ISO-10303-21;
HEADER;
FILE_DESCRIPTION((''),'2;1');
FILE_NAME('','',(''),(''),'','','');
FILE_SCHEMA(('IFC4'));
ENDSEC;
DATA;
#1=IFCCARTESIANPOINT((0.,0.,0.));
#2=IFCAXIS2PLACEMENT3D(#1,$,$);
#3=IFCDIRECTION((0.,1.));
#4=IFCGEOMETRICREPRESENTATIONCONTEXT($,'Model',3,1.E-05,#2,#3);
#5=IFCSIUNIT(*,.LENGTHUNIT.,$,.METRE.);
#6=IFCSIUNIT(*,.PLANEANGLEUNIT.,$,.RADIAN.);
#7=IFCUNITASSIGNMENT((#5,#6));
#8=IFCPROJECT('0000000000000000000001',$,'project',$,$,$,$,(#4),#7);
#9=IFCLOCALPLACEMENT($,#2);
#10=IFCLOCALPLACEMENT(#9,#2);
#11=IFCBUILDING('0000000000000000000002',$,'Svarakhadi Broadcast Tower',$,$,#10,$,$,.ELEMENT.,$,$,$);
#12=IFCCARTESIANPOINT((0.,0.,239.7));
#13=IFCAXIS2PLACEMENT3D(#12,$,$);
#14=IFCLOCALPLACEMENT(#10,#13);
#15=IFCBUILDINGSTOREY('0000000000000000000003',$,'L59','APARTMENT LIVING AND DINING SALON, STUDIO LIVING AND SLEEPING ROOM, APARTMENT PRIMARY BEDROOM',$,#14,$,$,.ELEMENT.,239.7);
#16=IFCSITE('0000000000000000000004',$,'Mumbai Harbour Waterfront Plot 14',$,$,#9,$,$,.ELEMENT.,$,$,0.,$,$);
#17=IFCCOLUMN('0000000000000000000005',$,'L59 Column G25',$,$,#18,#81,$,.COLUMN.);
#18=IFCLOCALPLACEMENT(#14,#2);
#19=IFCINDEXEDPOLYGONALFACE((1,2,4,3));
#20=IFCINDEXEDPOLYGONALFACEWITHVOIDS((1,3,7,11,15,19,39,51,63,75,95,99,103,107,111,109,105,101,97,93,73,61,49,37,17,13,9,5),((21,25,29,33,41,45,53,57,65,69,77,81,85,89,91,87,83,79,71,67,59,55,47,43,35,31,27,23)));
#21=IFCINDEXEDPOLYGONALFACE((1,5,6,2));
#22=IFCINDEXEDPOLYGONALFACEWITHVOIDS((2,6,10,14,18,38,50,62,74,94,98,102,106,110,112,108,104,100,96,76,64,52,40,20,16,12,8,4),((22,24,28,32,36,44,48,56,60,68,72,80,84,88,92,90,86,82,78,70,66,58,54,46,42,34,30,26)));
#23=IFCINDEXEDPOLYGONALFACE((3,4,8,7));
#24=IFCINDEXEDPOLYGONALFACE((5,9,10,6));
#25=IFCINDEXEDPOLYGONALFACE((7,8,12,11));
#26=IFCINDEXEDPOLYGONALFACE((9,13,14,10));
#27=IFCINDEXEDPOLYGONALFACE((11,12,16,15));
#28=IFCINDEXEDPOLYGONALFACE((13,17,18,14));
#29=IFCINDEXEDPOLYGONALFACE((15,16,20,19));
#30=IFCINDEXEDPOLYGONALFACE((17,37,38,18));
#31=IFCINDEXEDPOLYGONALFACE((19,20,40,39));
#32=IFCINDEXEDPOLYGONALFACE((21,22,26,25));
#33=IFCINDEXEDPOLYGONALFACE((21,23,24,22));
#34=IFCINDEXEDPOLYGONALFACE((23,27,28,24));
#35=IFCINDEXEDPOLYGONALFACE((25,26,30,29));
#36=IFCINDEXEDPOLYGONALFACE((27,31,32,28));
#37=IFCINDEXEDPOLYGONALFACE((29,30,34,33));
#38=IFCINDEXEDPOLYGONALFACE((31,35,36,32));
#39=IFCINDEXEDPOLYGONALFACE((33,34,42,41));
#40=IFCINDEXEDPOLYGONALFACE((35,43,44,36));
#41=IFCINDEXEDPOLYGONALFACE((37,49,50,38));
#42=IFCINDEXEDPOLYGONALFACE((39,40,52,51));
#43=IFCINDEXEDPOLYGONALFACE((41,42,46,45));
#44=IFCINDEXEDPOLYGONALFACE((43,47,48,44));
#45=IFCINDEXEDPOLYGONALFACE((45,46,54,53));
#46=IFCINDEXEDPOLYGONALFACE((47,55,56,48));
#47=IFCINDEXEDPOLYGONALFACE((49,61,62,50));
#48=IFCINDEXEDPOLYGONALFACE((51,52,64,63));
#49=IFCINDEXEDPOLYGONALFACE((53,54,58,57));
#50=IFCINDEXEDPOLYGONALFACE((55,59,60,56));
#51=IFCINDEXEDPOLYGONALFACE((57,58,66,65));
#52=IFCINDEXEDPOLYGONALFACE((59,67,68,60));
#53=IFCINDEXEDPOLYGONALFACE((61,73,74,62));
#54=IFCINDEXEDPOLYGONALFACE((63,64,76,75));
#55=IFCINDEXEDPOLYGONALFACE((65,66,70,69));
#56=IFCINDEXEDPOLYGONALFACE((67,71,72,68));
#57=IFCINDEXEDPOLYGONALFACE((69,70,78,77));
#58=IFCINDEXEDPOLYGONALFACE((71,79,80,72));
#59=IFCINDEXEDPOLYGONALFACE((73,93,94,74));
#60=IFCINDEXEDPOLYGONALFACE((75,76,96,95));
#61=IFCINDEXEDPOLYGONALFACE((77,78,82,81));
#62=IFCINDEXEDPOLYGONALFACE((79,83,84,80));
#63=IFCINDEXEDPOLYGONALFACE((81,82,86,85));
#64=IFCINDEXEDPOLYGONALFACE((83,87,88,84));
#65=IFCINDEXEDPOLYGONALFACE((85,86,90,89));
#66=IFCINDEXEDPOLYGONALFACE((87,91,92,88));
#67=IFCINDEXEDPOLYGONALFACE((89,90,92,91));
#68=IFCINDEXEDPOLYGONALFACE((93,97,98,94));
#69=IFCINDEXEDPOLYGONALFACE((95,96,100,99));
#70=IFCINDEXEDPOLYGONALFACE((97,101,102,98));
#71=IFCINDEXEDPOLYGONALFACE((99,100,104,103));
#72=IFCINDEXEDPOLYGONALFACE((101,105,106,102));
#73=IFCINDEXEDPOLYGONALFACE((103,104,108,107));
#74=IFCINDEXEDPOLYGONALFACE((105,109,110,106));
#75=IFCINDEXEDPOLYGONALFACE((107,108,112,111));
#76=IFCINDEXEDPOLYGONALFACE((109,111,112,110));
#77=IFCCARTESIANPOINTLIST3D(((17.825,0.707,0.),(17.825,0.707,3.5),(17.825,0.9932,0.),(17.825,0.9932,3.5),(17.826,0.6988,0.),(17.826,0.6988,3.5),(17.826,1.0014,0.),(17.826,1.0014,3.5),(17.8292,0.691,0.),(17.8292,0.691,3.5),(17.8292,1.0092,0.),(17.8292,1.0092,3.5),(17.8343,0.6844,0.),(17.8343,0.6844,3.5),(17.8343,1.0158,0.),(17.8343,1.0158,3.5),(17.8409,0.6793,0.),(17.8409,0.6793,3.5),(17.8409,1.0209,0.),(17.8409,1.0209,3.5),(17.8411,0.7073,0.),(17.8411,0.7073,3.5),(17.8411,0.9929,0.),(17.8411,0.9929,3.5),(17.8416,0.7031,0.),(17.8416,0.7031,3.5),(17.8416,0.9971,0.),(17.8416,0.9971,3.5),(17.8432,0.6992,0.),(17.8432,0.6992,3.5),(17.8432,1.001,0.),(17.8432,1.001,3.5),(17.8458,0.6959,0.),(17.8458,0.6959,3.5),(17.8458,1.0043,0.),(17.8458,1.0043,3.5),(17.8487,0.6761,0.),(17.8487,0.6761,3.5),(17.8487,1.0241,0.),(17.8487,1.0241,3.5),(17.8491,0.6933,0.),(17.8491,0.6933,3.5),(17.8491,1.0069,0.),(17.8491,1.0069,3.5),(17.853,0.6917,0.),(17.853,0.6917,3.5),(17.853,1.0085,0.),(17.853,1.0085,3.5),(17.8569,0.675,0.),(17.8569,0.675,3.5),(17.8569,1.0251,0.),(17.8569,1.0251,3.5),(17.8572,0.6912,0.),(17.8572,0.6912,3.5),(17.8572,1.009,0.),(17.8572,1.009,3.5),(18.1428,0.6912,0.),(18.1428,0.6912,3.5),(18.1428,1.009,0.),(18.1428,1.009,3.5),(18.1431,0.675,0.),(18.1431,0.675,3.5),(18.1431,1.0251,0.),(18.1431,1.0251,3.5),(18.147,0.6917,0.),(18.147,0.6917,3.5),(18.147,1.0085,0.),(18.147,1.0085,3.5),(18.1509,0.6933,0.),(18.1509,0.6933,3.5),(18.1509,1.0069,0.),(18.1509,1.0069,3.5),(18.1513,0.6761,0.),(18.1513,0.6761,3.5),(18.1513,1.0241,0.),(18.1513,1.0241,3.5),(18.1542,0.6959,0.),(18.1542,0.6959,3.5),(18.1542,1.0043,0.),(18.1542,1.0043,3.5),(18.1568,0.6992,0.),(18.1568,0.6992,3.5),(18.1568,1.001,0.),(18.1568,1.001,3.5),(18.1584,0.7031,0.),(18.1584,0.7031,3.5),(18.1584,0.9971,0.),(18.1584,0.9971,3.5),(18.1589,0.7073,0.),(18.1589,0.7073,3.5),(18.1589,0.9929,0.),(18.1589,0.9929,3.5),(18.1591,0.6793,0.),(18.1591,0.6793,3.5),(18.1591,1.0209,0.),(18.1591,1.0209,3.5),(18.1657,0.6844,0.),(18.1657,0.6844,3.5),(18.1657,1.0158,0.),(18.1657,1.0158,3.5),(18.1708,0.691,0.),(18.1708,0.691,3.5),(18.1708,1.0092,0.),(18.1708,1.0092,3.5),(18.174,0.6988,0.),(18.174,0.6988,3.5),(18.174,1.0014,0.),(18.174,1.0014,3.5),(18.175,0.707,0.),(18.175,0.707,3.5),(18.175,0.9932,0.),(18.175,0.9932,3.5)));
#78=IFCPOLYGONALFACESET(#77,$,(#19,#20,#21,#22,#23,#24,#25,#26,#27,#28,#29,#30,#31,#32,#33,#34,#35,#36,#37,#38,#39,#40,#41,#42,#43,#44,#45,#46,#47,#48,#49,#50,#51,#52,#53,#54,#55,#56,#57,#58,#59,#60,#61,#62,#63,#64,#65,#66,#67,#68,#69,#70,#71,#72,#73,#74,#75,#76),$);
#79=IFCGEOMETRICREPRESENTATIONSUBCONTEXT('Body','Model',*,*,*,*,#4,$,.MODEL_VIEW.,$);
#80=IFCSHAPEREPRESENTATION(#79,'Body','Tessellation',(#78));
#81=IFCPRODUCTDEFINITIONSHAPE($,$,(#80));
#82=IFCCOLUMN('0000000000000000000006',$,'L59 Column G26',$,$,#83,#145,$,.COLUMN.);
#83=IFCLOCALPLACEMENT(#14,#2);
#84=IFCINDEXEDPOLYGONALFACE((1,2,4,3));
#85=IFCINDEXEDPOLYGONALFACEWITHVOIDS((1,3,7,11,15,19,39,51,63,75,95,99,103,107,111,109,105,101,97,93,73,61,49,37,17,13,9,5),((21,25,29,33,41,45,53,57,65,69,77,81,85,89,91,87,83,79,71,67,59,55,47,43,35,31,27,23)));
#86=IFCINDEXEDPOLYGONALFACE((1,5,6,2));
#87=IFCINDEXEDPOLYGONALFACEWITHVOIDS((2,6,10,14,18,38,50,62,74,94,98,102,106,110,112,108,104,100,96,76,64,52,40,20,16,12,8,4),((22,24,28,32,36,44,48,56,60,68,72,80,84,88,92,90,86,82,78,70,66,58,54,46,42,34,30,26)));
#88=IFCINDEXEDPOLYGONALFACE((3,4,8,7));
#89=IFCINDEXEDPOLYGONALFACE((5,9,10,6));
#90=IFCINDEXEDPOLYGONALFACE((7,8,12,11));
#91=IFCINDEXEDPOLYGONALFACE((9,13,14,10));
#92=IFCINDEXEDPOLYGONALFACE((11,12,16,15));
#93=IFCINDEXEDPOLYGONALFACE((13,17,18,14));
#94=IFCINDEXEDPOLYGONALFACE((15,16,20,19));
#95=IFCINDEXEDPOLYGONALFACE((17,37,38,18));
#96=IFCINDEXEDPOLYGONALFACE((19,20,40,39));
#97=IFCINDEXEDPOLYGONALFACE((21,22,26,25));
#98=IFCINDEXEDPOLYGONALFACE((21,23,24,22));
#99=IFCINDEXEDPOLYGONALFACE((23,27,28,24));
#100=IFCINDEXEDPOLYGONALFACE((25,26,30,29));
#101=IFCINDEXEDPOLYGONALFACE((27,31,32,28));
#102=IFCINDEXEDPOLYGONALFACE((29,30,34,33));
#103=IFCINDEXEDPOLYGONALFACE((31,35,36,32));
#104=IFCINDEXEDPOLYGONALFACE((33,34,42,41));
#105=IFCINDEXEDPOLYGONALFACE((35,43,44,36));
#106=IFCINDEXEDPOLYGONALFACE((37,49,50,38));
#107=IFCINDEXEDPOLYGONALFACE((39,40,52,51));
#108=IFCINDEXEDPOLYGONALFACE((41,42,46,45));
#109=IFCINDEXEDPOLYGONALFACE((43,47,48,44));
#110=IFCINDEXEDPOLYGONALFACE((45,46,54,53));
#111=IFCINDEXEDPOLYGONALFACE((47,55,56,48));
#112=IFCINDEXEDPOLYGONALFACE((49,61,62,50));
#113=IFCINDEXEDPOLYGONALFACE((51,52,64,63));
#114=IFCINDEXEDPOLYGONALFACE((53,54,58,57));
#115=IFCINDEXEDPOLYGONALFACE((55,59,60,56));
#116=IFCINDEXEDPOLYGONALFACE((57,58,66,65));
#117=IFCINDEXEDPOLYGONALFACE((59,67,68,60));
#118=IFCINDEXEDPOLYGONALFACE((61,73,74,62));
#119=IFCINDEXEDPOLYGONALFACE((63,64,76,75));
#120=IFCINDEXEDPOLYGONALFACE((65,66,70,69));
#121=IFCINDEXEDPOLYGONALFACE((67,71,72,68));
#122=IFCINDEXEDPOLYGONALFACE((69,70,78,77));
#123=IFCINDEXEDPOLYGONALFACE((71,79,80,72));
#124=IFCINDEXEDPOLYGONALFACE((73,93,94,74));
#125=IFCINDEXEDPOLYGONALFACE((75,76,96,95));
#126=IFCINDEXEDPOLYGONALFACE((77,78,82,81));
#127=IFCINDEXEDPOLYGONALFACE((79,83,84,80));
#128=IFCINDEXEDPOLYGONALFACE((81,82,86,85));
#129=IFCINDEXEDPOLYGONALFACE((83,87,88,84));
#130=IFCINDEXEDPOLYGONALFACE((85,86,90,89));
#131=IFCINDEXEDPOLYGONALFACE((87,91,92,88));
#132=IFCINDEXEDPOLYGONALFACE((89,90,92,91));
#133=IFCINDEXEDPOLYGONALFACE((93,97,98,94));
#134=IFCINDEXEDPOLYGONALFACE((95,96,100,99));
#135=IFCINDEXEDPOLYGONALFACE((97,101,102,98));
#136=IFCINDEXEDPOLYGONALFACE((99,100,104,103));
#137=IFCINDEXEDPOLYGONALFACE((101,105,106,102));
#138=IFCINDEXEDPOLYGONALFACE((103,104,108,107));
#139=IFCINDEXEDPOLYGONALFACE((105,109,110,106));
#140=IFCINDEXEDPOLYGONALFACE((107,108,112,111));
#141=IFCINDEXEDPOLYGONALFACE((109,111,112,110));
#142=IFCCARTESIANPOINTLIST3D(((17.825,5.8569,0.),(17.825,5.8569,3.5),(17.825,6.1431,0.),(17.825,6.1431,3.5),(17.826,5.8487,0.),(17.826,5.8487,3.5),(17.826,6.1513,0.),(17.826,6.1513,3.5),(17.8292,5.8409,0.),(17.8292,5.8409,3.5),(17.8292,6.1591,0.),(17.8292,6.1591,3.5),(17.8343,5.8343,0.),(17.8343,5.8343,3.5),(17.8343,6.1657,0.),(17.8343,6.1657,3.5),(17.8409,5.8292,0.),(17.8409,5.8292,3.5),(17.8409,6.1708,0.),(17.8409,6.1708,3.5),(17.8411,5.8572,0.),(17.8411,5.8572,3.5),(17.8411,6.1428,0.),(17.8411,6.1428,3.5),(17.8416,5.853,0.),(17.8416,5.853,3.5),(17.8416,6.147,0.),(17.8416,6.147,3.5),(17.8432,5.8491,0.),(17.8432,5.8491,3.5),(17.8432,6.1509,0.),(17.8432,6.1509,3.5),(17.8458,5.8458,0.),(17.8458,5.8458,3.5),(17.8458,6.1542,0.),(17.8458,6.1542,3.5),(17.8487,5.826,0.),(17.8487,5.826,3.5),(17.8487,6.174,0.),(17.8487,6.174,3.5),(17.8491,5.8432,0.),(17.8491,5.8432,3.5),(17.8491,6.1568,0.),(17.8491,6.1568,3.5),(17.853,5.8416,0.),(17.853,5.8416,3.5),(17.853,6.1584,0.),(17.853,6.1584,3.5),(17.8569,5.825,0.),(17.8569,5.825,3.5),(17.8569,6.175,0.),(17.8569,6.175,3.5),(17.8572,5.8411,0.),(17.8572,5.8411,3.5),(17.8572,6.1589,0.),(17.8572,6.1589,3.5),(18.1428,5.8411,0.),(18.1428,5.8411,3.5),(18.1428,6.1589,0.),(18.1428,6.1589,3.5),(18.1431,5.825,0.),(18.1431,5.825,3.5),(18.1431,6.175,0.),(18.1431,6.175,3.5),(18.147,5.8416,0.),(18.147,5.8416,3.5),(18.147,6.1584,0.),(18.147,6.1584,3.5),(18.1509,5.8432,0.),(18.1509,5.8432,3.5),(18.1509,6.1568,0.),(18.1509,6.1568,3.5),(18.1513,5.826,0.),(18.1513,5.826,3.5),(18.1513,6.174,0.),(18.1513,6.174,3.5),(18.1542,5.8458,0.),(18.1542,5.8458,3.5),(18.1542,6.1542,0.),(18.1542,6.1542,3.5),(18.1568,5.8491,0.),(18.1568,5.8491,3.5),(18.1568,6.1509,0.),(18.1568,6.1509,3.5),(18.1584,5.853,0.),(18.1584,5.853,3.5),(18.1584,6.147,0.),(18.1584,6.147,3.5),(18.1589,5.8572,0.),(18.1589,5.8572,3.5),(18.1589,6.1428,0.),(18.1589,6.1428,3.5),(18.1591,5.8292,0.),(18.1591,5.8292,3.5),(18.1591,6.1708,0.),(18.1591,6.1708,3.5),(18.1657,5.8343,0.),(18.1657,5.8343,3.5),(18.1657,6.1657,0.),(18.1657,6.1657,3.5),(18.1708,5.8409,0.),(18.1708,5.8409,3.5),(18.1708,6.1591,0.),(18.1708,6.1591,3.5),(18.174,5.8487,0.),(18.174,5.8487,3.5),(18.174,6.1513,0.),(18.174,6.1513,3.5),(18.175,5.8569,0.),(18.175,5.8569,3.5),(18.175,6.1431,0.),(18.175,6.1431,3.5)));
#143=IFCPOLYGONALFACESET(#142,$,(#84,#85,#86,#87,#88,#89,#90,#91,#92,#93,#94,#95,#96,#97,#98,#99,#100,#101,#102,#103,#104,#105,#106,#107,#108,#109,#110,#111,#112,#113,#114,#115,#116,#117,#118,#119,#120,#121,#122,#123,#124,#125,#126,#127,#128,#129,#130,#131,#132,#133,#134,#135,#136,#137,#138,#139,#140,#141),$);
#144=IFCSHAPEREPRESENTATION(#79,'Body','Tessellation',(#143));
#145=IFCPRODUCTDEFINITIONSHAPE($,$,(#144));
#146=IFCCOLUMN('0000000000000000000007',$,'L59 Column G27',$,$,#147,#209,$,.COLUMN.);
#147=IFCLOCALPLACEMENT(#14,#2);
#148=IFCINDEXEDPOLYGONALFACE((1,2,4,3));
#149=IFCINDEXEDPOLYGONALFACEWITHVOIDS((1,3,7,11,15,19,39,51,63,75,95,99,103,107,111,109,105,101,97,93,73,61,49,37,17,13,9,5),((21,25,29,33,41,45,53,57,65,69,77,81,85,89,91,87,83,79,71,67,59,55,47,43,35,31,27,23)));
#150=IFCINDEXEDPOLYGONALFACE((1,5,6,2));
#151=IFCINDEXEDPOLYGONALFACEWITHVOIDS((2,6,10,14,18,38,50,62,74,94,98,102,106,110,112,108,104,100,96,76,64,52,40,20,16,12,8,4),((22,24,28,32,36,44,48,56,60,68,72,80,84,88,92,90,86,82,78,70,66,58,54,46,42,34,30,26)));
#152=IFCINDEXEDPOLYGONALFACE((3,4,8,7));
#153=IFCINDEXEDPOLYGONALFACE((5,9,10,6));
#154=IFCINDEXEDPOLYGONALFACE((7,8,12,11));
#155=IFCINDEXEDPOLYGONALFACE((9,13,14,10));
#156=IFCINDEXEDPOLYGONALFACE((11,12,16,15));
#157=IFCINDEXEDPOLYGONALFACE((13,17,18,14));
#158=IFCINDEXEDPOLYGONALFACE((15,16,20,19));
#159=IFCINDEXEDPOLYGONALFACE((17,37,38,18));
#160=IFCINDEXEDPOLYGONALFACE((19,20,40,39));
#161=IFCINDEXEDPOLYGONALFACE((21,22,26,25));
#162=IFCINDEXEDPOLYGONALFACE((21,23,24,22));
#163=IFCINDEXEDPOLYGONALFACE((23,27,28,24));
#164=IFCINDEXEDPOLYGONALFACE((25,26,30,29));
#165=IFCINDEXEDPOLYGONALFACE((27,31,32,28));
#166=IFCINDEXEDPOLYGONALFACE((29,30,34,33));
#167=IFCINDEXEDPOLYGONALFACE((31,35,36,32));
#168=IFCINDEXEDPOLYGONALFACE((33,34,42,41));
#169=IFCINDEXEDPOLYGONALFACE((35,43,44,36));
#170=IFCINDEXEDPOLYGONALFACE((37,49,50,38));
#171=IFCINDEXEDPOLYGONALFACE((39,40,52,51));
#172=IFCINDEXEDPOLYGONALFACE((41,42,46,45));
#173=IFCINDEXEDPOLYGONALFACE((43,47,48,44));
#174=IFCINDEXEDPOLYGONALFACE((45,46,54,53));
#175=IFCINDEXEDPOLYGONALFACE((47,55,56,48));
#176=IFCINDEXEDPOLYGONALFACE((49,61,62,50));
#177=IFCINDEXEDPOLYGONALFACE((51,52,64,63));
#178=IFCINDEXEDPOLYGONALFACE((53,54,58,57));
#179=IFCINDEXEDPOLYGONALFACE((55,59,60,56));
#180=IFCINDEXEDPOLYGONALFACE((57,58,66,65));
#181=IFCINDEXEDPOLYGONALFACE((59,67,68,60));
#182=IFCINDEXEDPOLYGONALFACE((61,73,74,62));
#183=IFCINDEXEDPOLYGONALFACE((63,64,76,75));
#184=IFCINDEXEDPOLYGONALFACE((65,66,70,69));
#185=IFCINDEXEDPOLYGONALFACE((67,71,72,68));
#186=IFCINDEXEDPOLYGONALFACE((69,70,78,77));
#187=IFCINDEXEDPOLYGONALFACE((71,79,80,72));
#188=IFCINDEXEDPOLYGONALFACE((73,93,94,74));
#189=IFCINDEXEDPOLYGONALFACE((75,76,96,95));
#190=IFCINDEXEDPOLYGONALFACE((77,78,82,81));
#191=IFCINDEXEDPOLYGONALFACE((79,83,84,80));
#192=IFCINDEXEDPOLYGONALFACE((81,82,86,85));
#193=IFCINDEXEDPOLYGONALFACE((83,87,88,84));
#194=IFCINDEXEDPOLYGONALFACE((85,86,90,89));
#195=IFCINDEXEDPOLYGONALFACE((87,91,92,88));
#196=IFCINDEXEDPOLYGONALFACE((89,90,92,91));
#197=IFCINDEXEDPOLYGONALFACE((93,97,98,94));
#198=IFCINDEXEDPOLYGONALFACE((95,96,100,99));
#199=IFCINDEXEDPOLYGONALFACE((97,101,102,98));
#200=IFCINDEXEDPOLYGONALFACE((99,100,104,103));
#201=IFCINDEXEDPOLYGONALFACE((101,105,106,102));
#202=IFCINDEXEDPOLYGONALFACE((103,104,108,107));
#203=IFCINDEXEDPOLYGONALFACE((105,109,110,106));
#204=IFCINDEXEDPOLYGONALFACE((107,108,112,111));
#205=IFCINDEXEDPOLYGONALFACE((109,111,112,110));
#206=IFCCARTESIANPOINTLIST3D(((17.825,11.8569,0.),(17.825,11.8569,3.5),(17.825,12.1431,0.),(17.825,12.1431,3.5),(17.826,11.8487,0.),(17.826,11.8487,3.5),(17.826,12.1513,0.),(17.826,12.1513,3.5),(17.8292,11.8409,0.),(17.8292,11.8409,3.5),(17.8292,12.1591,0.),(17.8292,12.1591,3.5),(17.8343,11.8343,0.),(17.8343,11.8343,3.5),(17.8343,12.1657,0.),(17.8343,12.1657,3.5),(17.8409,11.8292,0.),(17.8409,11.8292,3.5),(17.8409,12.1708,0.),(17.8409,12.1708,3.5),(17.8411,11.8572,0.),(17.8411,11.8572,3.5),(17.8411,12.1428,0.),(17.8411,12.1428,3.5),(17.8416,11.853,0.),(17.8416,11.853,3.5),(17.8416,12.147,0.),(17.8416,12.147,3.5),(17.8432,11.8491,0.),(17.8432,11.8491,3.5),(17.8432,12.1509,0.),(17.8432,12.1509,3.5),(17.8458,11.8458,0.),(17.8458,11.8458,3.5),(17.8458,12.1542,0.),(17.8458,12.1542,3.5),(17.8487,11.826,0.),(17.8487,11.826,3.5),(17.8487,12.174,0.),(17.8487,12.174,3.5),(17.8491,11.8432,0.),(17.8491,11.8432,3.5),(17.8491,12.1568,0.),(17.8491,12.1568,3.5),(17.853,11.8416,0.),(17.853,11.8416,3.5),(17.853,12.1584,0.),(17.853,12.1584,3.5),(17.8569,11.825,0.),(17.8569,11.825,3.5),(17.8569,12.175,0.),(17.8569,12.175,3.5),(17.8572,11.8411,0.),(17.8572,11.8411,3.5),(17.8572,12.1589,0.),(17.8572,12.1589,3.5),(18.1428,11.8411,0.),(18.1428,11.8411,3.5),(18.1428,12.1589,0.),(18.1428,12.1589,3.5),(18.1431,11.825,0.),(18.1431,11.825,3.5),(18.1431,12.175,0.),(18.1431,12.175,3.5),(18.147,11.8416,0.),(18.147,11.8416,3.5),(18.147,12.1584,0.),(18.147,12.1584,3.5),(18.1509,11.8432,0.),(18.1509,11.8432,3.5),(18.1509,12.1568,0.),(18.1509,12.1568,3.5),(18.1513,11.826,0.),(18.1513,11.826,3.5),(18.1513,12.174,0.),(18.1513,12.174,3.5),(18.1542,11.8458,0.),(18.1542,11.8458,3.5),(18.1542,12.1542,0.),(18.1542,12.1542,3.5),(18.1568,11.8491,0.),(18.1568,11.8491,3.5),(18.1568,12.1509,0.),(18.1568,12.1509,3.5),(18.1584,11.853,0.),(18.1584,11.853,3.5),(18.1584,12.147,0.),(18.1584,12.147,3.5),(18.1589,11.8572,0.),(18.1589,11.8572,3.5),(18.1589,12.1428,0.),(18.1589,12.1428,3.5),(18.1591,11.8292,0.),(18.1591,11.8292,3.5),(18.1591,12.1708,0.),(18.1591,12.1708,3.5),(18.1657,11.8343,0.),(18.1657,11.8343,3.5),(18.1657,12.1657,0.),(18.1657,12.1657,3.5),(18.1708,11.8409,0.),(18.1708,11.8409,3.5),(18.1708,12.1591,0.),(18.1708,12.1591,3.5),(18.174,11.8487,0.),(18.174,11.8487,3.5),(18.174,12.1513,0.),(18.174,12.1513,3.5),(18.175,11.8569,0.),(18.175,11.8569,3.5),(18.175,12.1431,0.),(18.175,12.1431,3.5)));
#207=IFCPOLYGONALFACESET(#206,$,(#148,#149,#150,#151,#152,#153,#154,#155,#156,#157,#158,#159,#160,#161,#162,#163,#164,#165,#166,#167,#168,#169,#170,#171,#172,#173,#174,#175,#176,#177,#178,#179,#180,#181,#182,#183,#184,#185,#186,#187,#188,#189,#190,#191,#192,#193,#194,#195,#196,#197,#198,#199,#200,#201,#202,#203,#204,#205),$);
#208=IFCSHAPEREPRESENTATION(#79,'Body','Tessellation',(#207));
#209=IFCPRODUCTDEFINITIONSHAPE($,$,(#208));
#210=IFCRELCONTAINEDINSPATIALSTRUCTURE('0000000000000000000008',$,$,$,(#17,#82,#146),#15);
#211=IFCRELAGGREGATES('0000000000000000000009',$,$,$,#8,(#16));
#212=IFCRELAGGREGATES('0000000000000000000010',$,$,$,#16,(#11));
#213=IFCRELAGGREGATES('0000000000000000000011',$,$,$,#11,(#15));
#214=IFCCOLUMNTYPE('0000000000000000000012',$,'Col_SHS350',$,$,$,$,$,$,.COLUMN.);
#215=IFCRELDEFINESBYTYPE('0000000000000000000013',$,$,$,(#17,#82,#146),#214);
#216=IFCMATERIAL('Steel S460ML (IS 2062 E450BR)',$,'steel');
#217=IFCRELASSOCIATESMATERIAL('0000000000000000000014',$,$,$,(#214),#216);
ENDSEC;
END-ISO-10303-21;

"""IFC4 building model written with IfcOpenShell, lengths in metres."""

from ifc_helpers import new_model, si_unit, direction, frame, origin, origin_2d, place, context, subcontext, project, spatial, hollow_rectangle, extrude, material, material_profile, profile_set, type_object, element, save


model = new_model("IFC4")

# Units and contexts
model_context = context("Model", 3, precision=1e-05, world=origin(), true_north=direction((0.0, 1.0)))
body_context = subcontext(model_context, "Body", "Model", "MODEL_VIEW")
ifc_project = project(units=[si_unit("LENGTHUNIT", "METRE"), si_unit("PLANEANGLEUNIT", "RADIAN")], contexts=[model_context])

# Site, building, storey
site_placement = place(None, origin())
site = spatial("IfcSite", under=ifc_project, at=site_placement, Name="Mumbai Harbour Waterfront Plot 14", CompositionType="ELEMENT", RefElevation=0.0)
building_placement = place(site_placement, origin())
building = spatial("IfcBuilding", under=site, at=building_placement, Name="Svarakhadi Broadcast Tower", CompositionType="ELEMENT")
storey_placement = place(building_placement, frame((0.0, 0.0, 239.7)))
storey = spatial("IfcBuildingStorey", under=building, at=storey_placement, Name="L59", Description="APARTMENT LIVING AND DINING SALON, STUDIO LIVING AND SLEEPING ROOM, APARTMENT PRIMARY BEDROOM", CompositionType="ELEMENT", Elevation=239.7)

# Columns
ifc_material_1 = material(Name="Steel S460ML (IS 2062 E450BR)", Category="steel")
ifc_material_profile_1 = material_profile(ifc_material_1, hollow_rectangle(XDim=0.3501, YDim=0.3501, WallThickness=0.0161, InnerFilletRadius=0.0161, OuterFilletRadius=0.032, at=origin_2d()), Name="SHS 350x350x16")
ifc_profile_set_1 = profile_set([ifc_material_profile_1], Name="Steel S460ML (IS 2062 E450BR)")
column_type = type_object("IfcColumnType", Name="Col_SHS350", PredefinedType="COLUMN", material=ifc_profile_set_1)
for number, where, z_axis, x_axis, name in (
    (1, (18.0, 0.8501, 0.0), (0.0, 0.0, 1.0), (1.0, 0.0, 0.0), "L59 Column G25"),
    (2, (18.0, 6.0, 0.0), (0.0, 0.0, 1.0), (1.0, 0.0, 0.0), "L59 Column G26"),
    (3, (18.0, 12.0, 0.0), (0.0, 0.0, 1.0), (1.0, 0.0, 0.0), "L59 Column G27"),
):
    element("IfcColumn", number, at=place(storey_placement, frame(where, z_axis=z_axis, x_axis=x_axis)), inside=storey, type_object=column_type, Name=name, PredefinedType="COLUMN", context=body_context, shape_type="SweptSolid", body=[
        extrude(hollow_rectangle(XDim=0.3501, YDim=0.3501, WallThickness=0.0161, InnerFilletRadius=0.0161, OuterFilletRadius=0.032, at=origin_2d()), origin(), (0.0, 0.0, 1.0), 3.5),
    ])

save(model, "model.ifc")
